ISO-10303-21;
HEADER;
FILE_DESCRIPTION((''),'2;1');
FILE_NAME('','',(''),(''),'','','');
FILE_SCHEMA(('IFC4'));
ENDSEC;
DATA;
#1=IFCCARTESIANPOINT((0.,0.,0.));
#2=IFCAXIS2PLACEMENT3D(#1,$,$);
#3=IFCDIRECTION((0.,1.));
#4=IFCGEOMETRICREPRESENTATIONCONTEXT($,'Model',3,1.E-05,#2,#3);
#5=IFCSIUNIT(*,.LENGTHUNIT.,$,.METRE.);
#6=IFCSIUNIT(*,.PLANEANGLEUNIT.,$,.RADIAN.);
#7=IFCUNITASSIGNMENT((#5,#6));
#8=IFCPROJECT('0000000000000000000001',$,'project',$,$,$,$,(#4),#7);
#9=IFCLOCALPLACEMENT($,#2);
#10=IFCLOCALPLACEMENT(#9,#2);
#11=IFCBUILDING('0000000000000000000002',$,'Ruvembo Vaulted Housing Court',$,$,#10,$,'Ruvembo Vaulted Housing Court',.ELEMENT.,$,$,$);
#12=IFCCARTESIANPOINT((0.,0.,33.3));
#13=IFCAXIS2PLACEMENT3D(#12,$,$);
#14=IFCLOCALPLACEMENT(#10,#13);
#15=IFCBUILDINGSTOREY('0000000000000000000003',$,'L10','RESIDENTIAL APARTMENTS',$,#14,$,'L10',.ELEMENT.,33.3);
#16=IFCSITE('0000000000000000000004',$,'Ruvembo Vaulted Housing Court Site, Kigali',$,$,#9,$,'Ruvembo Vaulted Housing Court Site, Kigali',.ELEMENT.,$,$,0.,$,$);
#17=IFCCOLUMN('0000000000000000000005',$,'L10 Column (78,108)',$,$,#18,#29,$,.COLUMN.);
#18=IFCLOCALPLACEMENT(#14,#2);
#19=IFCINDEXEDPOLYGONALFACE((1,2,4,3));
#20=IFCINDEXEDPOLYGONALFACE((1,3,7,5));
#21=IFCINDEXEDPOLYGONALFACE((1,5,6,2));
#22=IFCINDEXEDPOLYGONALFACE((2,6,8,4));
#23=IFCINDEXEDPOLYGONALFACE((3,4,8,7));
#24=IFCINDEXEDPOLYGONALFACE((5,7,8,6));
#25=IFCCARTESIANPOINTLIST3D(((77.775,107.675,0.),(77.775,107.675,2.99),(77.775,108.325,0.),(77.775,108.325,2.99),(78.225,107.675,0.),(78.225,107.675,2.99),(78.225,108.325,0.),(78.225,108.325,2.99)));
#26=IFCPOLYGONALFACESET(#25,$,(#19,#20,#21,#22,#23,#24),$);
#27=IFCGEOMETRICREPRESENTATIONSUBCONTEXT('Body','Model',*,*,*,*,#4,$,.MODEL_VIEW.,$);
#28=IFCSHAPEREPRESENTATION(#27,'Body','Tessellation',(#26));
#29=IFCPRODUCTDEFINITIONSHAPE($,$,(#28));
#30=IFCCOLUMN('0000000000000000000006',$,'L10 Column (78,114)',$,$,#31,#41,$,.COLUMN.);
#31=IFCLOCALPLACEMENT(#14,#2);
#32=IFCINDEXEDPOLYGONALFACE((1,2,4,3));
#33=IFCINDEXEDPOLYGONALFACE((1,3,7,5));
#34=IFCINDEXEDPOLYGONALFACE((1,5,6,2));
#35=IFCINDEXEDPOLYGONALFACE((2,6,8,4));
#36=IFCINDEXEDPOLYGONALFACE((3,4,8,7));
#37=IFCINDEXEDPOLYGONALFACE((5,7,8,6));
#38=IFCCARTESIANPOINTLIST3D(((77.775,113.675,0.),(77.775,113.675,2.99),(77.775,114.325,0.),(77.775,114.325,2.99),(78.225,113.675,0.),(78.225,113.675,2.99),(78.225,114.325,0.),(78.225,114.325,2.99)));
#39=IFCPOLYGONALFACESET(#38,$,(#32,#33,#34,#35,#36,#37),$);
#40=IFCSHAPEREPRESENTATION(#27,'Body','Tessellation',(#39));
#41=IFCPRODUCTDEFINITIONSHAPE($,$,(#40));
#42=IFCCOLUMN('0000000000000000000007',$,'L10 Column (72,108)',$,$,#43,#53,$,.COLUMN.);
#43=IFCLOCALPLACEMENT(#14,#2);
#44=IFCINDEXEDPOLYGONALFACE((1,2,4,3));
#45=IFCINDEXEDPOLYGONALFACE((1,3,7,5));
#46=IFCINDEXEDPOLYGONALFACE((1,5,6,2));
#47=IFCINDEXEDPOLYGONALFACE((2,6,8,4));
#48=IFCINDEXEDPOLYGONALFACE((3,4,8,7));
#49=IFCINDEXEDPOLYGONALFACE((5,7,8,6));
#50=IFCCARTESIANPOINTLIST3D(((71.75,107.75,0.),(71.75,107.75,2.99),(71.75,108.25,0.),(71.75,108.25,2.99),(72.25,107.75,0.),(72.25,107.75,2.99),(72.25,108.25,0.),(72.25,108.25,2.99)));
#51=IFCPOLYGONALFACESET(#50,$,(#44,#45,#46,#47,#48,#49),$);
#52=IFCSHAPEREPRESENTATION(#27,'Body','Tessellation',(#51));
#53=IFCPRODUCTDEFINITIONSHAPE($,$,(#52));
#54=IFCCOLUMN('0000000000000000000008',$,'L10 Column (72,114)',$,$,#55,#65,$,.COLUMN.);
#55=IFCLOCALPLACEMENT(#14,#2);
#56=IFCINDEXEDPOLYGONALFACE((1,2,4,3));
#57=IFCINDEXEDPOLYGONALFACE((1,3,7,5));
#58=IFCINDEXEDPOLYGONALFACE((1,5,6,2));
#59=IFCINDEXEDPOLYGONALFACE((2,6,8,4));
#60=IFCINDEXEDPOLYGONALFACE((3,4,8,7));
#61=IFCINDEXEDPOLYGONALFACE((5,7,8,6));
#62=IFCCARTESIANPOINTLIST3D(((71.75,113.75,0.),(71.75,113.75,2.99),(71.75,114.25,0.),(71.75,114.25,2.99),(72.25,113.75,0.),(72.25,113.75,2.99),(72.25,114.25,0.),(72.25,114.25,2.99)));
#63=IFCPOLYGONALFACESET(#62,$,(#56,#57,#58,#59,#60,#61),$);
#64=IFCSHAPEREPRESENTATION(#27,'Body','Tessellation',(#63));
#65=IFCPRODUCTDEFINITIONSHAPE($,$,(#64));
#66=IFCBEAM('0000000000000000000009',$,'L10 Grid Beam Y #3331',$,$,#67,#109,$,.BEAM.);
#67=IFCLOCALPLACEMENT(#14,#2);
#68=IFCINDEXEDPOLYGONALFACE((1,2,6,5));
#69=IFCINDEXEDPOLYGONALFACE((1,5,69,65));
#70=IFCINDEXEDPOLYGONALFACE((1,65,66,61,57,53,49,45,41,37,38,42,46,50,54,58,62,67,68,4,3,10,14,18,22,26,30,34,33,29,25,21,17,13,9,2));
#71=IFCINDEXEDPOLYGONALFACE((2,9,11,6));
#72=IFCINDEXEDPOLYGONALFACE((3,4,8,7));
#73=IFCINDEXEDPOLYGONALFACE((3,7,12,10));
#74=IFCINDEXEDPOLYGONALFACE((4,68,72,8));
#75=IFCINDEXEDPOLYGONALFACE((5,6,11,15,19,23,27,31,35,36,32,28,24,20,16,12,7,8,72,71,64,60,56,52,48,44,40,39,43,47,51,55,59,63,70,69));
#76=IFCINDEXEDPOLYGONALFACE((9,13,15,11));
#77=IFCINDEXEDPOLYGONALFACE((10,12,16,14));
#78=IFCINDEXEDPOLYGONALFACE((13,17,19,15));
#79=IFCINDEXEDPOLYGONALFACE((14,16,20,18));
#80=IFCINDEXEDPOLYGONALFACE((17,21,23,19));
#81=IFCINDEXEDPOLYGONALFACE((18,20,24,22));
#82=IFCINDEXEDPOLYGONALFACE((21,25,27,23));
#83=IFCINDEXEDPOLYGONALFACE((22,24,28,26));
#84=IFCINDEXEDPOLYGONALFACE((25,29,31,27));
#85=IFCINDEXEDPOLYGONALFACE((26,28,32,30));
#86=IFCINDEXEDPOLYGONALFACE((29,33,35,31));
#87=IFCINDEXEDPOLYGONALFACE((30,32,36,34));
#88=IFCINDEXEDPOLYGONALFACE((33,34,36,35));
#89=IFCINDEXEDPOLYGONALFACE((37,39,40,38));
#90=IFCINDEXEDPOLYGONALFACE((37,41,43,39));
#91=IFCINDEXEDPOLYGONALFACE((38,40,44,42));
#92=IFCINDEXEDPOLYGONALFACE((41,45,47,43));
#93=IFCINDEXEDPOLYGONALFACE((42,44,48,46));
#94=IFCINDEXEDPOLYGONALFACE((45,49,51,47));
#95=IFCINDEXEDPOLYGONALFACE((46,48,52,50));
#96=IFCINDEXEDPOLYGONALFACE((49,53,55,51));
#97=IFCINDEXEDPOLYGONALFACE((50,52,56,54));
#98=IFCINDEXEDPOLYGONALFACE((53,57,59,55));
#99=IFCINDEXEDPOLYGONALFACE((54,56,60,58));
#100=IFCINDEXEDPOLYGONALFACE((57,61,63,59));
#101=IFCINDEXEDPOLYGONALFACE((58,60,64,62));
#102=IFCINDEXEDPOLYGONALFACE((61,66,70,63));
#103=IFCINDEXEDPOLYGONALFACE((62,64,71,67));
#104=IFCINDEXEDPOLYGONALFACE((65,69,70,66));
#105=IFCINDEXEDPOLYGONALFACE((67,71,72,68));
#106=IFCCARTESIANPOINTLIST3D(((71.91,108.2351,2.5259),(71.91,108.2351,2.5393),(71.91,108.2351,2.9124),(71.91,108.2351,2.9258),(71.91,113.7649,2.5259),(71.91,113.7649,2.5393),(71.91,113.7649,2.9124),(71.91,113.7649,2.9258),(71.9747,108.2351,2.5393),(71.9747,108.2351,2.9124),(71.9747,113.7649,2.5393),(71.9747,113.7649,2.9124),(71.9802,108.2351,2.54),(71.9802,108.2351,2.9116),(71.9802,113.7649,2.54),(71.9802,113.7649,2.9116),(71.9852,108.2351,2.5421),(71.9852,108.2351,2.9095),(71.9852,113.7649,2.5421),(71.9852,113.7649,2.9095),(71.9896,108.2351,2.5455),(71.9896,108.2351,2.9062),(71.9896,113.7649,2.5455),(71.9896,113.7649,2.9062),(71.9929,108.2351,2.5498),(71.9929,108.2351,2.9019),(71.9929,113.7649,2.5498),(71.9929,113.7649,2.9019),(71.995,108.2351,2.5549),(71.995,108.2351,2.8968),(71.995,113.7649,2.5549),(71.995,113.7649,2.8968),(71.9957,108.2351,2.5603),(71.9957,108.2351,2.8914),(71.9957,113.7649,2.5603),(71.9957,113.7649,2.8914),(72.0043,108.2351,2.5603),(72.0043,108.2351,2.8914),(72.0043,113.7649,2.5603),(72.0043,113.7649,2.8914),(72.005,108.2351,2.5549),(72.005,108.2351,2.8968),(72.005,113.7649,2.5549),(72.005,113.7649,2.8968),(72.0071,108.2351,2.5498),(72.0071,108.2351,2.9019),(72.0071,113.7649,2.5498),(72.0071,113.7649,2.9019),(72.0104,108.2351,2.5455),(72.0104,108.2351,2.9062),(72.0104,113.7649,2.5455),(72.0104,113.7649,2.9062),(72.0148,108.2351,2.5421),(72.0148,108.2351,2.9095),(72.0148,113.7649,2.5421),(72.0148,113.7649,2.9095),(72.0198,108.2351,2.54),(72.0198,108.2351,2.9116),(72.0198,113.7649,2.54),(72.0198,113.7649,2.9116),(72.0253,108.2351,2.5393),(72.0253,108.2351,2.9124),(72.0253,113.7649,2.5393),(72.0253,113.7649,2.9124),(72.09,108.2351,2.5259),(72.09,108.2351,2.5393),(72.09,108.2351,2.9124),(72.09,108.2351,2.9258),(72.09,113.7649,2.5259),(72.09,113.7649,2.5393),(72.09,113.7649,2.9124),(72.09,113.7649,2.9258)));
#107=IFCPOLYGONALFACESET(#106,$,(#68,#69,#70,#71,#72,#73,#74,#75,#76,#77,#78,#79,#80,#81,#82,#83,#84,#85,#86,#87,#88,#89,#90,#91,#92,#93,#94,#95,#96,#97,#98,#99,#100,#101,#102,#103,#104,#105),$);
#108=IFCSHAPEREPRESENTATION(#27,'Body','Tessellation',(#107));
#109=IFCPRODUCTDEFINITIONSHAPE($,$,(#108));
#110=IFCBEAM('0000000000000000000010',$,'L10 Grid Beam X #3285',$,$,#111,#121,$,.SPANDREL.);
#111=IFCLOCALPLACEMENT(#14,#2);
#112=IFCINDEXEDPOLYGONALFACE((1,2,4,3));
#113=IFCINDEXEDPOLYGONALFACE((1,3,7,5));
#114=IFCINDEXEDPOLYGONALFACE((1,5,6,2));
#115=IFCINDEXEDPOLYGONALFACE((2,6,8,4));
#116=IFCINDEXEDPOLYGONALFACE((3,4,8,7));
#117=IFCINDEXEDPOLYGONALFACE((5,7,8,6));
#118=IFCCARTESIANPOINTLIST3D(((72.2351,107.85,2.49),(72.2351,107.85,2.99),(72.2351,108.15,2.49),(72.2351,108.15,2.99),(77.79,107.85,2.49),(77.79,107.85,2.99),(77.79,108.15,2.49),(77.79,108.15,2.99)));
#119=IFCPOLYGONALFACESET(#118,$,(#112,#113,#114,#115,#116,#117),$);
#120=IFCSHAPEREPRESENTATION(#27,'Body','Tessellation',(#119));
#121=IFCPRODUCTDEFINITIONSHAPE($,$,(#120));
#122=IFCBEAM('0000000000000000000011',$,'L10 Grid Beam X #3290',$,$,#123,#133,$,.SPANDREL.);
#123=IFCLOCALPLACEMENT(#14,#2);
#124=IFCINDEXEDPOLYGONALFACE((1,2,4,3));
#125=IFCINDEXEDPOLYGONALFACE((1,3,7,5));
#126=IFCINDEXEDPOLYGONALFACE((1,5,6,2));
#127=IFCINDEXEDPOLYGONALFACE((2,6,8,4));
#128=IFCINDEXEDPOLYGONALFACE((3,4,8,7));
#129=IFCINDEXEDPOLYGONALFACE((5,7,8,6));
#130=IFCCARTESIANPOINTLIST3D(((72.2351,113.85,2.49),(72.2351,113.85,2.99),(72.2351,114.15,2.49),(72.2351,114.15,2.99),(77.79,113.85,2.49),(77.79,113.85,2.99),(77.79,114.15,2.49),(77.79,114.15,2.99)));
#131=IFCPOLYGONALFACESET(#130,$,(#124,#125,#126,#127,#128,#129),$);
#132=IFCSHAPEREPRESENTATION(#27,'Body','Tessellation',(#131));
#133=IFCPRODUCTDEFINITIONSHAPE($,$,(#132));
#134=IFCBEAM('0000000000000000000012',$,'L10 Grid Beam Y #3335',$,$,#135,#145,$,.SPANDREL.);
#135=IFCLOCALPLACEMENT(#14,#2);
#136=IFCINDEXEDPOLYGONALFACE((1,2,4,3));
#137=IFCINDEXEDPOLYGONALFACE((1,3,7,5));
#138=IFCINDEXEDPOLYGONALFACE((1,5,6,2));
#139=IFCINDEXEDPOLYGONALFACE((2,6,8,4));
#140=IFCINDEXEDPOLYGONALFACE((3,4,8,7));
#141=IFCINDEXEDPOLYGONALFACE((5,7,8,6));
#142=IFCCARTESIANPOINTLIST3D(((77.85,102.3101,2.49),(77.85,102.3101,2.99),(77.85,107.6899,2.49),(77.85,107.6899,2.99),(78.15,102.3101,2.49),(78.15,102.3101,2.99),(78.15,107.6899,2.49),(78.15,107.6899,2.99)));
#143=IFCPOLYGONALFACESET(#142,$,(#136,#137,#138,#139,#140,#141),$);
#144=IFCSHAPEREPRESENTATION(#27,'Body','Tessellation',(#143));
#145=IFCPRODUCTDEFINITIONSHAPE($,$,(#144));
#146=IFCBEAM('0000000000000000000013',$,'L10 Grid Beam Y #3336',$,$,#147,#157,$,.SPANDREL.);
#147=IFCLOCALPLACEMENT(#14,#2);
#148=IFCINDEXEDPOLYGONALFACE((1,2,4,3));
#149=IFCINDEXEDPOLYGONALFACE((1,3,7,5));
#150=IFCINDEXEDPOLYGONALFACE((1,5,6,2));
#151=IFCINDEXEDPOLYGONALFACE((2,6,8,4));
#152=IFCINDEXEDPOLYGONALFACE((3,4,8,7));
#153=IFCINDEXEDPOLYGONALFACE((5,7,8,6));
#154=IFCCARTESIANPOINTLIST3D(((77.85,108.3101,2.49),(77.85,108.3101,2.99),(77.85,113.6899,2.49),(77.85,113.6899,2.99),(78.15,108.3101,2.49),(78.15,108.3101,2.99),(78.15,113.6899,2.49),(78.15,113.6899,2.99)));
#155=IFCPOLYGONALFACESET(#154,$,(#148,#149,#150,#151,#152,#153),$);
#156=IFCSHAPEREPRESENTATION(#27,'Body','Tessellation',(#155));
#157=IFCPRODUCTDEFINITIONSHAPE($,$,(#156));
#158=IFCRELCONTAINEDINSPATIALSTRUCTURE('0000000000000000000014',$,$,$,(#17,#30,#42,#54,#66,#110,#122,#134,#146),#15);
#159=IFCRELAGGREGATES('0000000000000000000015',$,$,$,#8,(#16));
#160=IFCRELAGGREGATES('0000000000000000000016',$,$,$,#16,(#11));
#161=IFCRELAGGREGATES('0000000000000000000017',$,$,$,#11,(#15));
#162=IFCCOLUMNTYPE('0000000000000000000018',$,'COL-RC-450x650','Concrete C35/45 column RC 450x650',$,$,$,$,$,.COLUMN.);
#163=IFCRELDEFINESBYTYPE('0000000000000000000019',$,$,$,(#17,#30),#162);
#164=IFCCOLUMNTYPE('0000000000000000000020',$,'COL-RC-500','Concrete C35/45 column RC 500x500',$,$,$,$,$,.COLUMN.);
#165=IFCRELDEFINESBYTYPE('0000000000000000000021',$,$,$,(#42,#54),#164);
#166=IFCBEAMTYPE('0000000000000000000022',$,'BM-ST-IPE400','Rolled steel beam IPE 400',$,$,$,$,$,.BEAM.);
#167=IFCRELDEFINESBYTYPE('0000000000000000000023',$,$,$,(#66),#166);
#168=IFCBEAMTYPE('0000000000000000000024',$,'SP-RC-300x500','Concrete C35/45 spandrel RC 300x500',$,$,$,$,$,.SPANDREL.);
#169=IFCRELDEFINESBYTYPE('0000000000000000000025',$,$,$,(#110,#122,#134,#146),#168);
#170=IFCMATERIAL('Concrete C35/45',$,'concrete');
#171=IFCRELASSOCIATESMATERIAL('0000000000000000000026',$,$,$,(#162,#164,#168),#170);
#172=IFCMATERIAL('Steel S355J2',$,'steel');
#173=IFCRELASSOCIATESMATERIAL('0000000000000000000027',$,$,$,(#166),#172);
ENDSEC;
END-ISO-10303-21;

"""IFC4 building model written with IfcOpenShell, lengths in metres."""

from ifc_helpers import new_model, si_unit, direction, frame, origin, origin_2d, place, context, subcontext, project, spatial, rectangle, i_section, extrude, material, material_profile, profile_set, type_object, element, save


model = new_model("IFC4")

# Units and contexts
model_context = context("Model", 3, precision=1e-05, world=origin(), true_north=direction((0.0, 1.0)))
body_context = subcontext(model_context, "Body", "Model", "MODEL_VIEW")
ifc_project = project(units=[si_unit("LENGTHUNIT", "METRE"), si_unit("PLANEANGLEUNIT", "RADIAN")], contexts=[model_context])

# Site, building, storey
site_placement = place(None, origin())
site = spatial("IfcSite", under=ifc_project, at=site_placement, Name="Ruvembo Vaulted Housing Court Site, Kigali", LongName="Ruvembo Vaulted Housing Court Site, Kigali", CompositionType="ELEMENT", RefElevation=0.0)
building_placement = place(site_placement, origin())
building = spatial("IfcBuilding", under=site, at=building_placement, Name="Ruvembo Vaulted Housing Court", LongName="Ruvembo Vaulted Housing Court", CompositionType="ELEMENT")
storey_placement = place(building_placement, frame((0.0, 0.0, 33.3)))
storey = spatial("IfcBuildingStorey", under=building, at=storey_placement, Name="L10", Description="RESIDENTIAL APARTMENTS", LongName="L10", CompositionType="ELEMENT", Elevation=33.3)

# Columns
ifc_material_1 = material(Name="Concrete C35/45", Category="concrete")
ifc_material_profile_1 = material_profile(ifc_material_1, rectangle(XDim=0.45, YDim=0.6499, at=origin_2d()), Name="RC 450x650")
ifc_profile_set_1 = profile_set([ifc_material_profile_1], Name="Concrete C35/45")
column_type_1 = type_object("IfcColumnType", Name="COL-RC-450x650", Description="Concrete C35/45 column RC 450x650", PredefinedType="COLUMN", material=ifc_profile_set_1)
for number, where, z_axis, x_axis, name in (
    (1, (78.0, 108.0, 0.0), (0.0, 0.0, 1.0), (1.0, 0.0, 0.0), "L10 Column (78,108)"),
    (2, (78.0, 114.0, 0.0), (0.0, 0.0, 1.0), (1.0, 0.0, 0.0), "L10 Column (78,114)"),
):
    element("IfcColumn", number, at=place(storey_placement, frame(where, z_axis=z_axis, x_axis=x_axis)), inside=storey, type_object=column_type_1, Name=name, PredefinedType="COLUMN", context=body_context, shape_type="SweptSolid", body=[
        extrude(rectangle(XDim=0.45, YDim=0.6499, at=origin_2d()), origin(), (0.0, 0.0, 1.0), 2.99),
    ])
ifc_material_profile_2 = material_profile(ifc_material_1, rectangle(XDim=0.5, YDim=0.5, at=origin_2d()), Name="RC 500x500")
ifc_profile_set_2 = profile_set([ifc_material_profile_2], Name="Concrete C35/45")
column_type_2 = type_object("IfcColumnType", Name="COL-RC-500", Description="Concrete C35/45 column RC 500x500", PredefinedType="COLUMN", material=ifc_profile_set_2)
for number, where, z_axis, x_axis, name in (
    (3, (72.0, 108.0, 0.0), (0.0, 0.0, 1.0), (1.0, 0.0, 0.0), "L10 Column (72,108)"),
    (4, (72.0, 114.0, 0.0), (0.0, 0.0, 1.0), (1.0, 0.0, 0.0), "L10 Column (72,114)"),
):
    element("IfcColumn", number, at=place(storey_placement, frame(where, z_axis=z_axis, x_axis=x_axis)), inside=storey, type_object=column_type_2, Name=name, PredefinedType="COLUMN", context=body_context, shape_type="SweptSolid", body=[
        extrude(rectangle(XDim=0.5, YDim=0.5, at=origin_2d()), origin(), (0.0, 0.0, 1.0), 2.99),
    ])

# Beams
ifc_material_2 = material(Name="Steel S355J2", Category="steel")
ifc_material_profile_3 = material_profile(ifc_material_2, i_section(OverallWidth=0.1799, OverallDepth=0.3999, WebThickness=0.0085, FlangeThickness=0.0134, FilletRadius=0.021, at=origin_2d()), Name="IPE 400")
ifc_profile_set_3 = profile_set([ifc_material_profile_3], Name="Steel S355J2")
beam_type_1 = type_object("IfcBeamType", Name="BM-ST-IPE400", Description="Rolled steel beam IPE 400", PredefinedType="BEAM", material=ifc_profile_set_3)
beam_placement = place(storey_placement, frame((72.0, 108.2351, 2.7258), z_axis=(0.0, 1.0, 0.0), x_axis=(-1.0, 0.0, 0.0)))
element("IfcBeam", 5, at=beam_placement, inside=storey, type_object=beam_type_1, Name="L10 Grid Beam Y #3331", PredefinedType="BEAM", context=body_context, shape_type="SweptSolid", body=[
    extrude(i_section(OverallWidth=0.1799, OverallDepth=0.3999, WebThickness=0.0085, FlangeThickness=0.0134, FilletRadius=0.021, at=origin_2d()), origin(), (0.0, 0.0, 1.0), 5.5298),
])
ifc_material_profile_4 = material_profile(ifc_material_1, rectangle(XDim=0.3, YDim=0.5, at=origin_2d()), Name="RC 300x500")
ifc_profile_set_4 = profile_set([ifc_material_profile_4], Name="Concrete C35/45")
beam_type_2 = type_object("IfcBeamType", Name="SP-RC-300x500", Description="Concrete C35/45 spandrel RC 300x500", PredefinedType="SPANDREL", material=ifc_profile_set_4)
for number, where, z_axis, x_axis, name in (
    (6, (72.2351, 108.0, 2.74), (1.0, 0.0, 0.0), (0.0, 1.0, 0.0), "L10 Grid Beam X #3285"),
    (7, (72.2351, 114.0, 2.74), (1.0, 0.0, 0.0), (0.0, 1.0, 0.0), "L10 Grid Beam X #3290"),
):
    element("IfcBeam", number, at=place(storey_placement, frame(where, z_axis=z_axis, x_axis=x_axis)), inside=storey, type_object=beam_type_2, Name=name, PredefinedType="SPANDREL", context=body_context, shape_type="SweptSolid", body=[
        extrude(rectangle(XDim=0.3, YDim=0.5, at=origin_2d()), origin(), (0.0, 0.0, 1.0), 5.5549),
    ])
for number, where, z_axis, x_axis, name in (
    (8, (78.0, 102.3101, 2.74), (0.0, 1.0, 0.0), (-1.0, 0.0, 0.0), "L10 Grid Beam Y #3335"),
    (9, (78.0, 108.3101, 2.74), (0.0, 1.0, 0.0), (-1.0, 0.0, 0.0), "L10 Grid Beam Y #3336"),
):
    element("IfcBeam", number, at=place(storey_placement, frame(where, z_axis=z_axis, x_axis=x_axis)), inside=storey, type_object=beam_type_2, Name=name, PredefinedType="SPANDREL", context=body_context, shape_type="SweptSolid", body=[
        extrude(rectangle(XDim=0.3, YDim=0.5, at=origin_2d()), origin(), (0.0, 0.0, 1.0), 5.3799),
    ])

save(model, "model.ifc")
